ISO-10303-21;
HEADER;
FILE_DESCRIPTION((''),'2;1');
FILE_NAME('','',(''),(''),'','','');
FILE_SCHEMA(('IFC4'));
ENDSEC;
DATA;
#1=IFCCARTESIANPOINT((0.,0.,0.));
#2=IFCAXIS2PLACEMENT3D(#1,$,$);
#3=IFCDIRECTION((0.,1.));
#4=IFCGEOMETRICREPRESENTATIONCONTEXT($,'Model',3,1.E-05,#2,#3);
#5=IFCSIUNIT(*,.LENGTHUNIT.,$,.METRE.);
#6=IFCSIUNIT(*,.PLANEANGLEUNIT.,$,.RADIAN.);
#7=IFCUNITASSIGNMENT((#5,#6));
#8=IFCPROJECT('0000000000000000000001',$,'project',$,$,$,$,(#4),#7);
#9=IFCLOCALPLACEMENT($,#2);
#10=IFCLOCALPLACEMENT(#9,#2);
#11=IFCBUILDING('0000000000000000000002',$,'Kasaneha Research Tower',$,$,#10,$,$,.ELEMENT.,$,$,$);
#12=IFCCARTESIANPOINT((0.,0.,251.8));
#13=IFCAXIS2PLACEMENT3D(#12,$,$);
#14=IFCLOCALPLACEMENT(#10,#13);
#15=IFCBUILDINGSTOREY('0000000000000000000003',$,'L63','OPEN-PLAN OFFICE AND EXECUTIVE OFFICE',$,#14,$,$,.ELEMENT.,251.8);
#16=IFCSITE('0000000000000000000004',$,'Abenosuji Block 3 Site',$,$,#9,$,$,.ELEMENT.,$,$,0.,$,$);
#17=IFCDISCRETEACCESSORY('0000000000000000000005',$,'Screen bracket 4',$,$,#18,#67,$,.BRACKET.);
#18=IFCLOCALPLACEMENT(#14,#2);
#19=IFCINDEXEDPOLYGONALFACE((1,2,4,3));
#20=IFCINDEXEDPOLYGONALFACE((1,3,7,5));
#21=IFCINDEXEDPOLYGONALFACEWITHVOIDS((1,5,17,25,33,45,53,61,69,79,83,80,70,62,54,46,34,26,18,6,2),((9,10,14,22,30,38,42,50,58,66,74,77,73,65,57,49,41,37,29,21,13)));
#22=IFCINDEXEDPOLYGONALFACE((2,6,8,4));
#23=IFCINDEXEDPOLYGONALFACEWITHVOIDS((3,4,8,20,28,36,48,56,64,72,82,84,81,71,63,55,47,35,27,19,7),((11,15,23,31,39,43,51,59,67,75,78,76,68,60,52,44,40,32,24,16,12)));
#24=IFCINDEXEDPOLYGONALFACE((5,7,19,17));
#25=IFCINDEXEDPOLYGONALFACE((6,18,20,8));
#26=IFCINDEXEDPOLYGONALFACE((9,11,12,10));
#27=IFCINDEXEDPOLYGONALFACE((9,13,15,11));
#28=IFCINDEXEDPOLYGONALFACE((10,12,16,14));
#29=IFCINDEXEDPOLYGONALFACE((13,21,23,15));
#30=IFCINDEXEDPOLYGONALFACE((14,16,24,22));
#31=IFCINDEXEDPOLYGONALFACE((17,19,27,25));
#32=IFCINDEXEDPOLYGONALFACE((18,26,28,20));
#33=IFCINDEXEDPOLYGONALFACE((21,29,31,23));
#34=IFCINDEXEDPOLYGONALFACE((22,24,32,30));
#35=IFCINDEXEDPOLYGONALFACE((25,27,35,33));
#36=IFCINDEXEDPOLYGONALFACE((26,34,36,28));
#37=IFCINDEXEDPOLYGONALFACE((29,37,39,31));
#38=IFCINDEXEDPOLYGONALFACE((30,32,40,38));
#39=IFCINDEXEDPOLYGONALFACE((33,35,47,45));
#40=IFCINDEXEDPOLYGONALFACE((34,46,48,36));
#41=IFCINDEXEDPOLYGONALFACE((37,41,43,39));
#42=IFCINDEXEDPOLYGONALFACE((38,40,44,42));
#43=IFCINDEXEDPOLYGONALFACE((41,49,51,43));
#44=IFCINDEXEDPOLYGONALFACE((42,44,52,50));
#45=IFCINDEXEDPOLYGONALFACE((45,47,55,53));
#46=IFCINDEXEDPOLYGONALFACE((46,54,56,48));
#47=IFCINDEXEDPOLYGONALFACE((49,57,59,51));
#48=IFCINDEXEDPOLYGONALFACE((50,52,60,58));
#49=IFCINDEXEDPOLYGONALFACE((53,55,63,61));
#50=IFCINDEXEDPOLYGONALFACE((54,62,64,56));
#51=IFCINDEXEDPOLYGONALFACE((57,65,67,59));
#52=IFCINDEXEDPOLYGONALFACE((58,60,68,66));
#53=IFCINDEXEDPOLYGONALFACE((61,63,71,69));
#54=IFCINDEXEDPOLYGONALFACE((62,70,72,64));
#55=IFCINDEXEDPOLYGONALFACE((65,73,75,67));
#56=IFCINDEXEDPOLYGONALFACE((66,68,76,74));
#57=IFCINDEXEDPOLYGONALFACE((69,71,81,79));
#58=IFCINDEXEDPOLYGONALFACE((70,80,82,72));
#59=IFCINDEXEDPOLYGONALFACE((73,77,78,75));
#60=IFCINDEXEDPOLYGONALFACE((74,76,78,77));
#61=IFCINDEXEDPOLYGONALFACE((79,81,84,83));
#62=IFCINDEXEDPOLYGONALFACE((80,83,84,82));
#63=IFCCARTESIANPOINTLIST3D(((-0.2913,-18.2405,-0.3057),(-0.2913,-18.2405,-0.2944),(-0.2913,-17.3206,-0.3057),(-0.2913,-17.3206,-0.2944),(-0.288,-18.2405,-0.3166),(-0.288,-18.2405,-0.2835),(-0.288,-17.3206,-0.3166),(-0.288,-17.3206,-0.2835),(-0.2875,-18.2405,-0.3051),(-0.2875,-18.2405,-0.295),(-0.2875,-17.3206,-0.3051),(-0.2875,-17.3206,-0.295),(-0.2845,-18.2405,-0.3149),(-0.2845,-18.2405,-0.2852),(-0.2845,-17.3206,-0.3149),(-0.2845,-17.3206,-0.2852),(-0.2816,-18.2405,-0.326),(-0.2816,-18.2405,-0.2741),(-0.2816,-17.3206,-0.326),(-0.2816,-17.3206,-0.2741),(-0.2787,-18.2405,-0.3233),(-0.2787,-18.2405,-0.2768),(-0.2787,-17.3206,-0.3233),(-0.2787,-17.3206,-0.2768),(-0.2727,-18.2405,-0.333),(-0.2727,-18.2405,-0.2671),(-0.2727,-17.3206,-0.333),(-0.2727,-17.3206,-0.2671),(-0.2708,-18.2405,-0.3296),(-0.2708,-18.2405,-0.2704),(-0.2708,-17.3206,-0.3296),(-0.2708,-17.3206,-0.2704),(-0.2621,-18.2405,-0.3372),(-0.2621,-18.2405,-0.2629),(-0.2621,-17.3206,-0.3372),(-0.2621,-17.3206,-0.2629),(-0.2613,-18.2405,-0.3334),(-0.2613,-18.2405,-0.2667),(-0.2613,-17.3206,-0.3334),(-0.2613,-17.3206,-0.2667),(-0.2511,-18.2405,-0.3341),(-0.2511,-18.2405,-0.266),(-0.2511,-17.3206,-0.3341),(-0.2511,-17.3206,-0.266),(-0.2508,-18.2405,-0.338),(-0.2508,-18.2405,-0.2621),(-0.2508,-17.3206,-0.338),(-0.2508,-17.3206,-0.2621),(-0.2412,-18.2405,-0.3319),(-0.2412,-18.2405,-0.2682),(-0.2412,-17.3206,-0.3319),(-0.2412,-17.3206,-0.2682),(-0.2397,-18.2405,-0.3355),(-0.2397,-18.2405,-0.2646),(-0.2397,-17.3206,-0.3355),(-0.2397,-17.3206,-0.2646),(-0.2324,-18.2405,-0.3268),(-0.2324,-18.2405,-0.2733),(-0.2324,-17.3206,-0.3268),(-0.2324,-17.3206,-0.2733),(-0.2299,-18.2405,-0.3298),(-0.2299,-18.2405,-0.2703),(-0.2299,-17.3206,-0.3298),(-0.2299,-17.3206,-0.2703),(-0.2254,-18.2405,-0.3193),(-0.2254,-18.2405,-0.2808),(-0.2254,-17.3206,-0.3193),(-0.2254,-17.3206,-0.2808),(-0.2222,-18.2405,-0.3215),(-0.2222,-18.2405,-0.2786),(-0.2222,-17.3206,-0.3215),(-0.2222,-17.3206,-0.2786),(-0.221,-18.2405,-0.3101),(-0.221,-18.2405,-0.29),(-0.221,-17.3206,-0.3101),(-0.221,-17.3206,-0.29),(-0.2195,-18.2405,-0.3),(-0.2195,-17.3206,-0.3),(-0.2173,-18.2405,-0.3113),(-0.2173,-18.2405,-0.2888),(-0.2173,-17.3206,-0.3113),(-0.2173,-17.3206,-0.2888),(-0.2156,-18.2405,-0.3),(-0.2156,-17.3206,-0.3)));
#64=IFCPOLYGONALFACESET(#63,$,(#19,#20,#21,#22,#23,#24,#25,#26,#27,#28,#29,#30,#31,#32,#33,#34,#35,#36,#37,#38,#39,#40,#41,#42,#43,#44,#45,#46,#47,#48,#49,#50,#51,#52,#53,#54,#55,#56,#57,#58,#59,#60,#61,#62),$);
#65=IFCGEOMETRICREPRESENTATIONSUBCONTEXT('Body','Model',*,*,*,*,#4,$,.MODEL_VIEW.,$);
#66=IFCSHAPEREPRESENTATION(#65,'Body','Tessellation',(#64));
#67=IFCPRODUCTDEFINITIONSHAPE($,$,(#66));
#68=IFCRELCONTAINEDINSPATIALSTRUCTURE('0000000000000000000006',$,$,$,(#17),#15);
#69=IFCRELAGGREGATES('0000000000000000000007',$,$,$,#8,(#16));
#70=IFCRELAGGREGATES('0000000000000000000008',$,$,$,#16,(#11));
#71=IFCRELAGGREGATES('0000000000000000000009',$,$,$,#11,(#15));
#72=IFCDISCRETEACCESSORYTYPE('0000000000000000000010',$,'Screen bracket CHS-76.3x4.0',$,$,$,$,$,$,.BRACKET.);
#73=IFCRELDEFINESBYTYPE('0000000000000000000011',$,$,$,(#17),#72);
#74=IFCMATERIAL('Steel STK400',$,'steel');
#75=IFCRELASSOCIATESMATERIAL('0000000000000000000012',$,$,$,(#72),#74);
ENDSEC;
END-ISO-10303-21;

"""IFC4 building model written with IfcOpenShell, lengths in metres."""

from ifc_helpers import new_model, si_unit, direction, frame, origin, origin_2d, place, context, subcontext, project, spatial, hollow_circle, extrude, material, material_profile, profile_set, type_object, element, save


model = new_model("IFC4")

# Units and contexts
model_context = context("Model", 3, precision=1e-05, world=origin(), true_north=direction((0.0, 1.0)))
body_context = subcontext(model_context, "Body", "Model", "MODEL_VIEW")
ifc_project = project(units=[si_unit("LENGTHUNIT", "METRE"), si_unit("PLANEANGLEUNIT", "RADIAN")], contexts=[model_context])

# Site, building, storey
site_placement = place(None, origin())
site = spatial("IfcSite", under=ifc_project, at=site_placement, Name="Abenosuji Block 3 Site", CompositionType="ELEMENT", RefElevation=0.0)
building_placement = place(site_placement, origin())
building = spatial("IfcBuilding", under=site, at=building_placement, Name="Kasaneha Research Tower", CompositionType="ELEMENT")
storey_placement = place(building_placement, frame((0.0, 0.0, 251.8)))
storey = spatial("IfcBuildingStorey", under=building, at=storey_placement, Name="L63", Description="OPEN-PLAN OFFICE AND EXECUTIVE OFFICE", CompositionType="ELEMENT", Elevation=251.8)

# Discrete accessory
ifc_material_1 = material(Name="Steel STK400", Category="steel")
ifc_material_profile_1 = material_profile(ifc_material_1, hollow_circle(Radius=0.0381, WallThickness=0.0039, at=origin_2d()), Name="CHS-76.3x4.0")
ifc_profile_set_1 = profile_set([ifc_material_profile_1], Name="Steel STK400")
discrete_accessory_type = type_object("IfcDiscreteAccessoryType", Name="Screen bracket CHS-76.3x4.0", PredefinedType="BRACKET", material=ifc_profile_set_1)
for number, where, z_axis, x_axis, name in (
    (1, (-0.2537, -17.3206, -0.3), (0.0, -1.0, 0.0), (1.0, 0.0, 0.0), "Screen bracket 4"),
):
    element("IfcDiscreteAccessory", number, at=place(storey_placement, frame(where, z_axis=z_axis, x_axis=x_axis)), inside=storey, type_object=discrete_accessory_type, Name=name, PredefinedType="BRACKET", context=body_context, shape_type="SweptSolid", body=[
        extrude(hollow_circle(Radius=0.0381, WallThickness=0.0039, at=origin_2d()), origin(), (0.0, 0.0, 1.0), 0.9199),
    ])

save(model, "model.ifc")
